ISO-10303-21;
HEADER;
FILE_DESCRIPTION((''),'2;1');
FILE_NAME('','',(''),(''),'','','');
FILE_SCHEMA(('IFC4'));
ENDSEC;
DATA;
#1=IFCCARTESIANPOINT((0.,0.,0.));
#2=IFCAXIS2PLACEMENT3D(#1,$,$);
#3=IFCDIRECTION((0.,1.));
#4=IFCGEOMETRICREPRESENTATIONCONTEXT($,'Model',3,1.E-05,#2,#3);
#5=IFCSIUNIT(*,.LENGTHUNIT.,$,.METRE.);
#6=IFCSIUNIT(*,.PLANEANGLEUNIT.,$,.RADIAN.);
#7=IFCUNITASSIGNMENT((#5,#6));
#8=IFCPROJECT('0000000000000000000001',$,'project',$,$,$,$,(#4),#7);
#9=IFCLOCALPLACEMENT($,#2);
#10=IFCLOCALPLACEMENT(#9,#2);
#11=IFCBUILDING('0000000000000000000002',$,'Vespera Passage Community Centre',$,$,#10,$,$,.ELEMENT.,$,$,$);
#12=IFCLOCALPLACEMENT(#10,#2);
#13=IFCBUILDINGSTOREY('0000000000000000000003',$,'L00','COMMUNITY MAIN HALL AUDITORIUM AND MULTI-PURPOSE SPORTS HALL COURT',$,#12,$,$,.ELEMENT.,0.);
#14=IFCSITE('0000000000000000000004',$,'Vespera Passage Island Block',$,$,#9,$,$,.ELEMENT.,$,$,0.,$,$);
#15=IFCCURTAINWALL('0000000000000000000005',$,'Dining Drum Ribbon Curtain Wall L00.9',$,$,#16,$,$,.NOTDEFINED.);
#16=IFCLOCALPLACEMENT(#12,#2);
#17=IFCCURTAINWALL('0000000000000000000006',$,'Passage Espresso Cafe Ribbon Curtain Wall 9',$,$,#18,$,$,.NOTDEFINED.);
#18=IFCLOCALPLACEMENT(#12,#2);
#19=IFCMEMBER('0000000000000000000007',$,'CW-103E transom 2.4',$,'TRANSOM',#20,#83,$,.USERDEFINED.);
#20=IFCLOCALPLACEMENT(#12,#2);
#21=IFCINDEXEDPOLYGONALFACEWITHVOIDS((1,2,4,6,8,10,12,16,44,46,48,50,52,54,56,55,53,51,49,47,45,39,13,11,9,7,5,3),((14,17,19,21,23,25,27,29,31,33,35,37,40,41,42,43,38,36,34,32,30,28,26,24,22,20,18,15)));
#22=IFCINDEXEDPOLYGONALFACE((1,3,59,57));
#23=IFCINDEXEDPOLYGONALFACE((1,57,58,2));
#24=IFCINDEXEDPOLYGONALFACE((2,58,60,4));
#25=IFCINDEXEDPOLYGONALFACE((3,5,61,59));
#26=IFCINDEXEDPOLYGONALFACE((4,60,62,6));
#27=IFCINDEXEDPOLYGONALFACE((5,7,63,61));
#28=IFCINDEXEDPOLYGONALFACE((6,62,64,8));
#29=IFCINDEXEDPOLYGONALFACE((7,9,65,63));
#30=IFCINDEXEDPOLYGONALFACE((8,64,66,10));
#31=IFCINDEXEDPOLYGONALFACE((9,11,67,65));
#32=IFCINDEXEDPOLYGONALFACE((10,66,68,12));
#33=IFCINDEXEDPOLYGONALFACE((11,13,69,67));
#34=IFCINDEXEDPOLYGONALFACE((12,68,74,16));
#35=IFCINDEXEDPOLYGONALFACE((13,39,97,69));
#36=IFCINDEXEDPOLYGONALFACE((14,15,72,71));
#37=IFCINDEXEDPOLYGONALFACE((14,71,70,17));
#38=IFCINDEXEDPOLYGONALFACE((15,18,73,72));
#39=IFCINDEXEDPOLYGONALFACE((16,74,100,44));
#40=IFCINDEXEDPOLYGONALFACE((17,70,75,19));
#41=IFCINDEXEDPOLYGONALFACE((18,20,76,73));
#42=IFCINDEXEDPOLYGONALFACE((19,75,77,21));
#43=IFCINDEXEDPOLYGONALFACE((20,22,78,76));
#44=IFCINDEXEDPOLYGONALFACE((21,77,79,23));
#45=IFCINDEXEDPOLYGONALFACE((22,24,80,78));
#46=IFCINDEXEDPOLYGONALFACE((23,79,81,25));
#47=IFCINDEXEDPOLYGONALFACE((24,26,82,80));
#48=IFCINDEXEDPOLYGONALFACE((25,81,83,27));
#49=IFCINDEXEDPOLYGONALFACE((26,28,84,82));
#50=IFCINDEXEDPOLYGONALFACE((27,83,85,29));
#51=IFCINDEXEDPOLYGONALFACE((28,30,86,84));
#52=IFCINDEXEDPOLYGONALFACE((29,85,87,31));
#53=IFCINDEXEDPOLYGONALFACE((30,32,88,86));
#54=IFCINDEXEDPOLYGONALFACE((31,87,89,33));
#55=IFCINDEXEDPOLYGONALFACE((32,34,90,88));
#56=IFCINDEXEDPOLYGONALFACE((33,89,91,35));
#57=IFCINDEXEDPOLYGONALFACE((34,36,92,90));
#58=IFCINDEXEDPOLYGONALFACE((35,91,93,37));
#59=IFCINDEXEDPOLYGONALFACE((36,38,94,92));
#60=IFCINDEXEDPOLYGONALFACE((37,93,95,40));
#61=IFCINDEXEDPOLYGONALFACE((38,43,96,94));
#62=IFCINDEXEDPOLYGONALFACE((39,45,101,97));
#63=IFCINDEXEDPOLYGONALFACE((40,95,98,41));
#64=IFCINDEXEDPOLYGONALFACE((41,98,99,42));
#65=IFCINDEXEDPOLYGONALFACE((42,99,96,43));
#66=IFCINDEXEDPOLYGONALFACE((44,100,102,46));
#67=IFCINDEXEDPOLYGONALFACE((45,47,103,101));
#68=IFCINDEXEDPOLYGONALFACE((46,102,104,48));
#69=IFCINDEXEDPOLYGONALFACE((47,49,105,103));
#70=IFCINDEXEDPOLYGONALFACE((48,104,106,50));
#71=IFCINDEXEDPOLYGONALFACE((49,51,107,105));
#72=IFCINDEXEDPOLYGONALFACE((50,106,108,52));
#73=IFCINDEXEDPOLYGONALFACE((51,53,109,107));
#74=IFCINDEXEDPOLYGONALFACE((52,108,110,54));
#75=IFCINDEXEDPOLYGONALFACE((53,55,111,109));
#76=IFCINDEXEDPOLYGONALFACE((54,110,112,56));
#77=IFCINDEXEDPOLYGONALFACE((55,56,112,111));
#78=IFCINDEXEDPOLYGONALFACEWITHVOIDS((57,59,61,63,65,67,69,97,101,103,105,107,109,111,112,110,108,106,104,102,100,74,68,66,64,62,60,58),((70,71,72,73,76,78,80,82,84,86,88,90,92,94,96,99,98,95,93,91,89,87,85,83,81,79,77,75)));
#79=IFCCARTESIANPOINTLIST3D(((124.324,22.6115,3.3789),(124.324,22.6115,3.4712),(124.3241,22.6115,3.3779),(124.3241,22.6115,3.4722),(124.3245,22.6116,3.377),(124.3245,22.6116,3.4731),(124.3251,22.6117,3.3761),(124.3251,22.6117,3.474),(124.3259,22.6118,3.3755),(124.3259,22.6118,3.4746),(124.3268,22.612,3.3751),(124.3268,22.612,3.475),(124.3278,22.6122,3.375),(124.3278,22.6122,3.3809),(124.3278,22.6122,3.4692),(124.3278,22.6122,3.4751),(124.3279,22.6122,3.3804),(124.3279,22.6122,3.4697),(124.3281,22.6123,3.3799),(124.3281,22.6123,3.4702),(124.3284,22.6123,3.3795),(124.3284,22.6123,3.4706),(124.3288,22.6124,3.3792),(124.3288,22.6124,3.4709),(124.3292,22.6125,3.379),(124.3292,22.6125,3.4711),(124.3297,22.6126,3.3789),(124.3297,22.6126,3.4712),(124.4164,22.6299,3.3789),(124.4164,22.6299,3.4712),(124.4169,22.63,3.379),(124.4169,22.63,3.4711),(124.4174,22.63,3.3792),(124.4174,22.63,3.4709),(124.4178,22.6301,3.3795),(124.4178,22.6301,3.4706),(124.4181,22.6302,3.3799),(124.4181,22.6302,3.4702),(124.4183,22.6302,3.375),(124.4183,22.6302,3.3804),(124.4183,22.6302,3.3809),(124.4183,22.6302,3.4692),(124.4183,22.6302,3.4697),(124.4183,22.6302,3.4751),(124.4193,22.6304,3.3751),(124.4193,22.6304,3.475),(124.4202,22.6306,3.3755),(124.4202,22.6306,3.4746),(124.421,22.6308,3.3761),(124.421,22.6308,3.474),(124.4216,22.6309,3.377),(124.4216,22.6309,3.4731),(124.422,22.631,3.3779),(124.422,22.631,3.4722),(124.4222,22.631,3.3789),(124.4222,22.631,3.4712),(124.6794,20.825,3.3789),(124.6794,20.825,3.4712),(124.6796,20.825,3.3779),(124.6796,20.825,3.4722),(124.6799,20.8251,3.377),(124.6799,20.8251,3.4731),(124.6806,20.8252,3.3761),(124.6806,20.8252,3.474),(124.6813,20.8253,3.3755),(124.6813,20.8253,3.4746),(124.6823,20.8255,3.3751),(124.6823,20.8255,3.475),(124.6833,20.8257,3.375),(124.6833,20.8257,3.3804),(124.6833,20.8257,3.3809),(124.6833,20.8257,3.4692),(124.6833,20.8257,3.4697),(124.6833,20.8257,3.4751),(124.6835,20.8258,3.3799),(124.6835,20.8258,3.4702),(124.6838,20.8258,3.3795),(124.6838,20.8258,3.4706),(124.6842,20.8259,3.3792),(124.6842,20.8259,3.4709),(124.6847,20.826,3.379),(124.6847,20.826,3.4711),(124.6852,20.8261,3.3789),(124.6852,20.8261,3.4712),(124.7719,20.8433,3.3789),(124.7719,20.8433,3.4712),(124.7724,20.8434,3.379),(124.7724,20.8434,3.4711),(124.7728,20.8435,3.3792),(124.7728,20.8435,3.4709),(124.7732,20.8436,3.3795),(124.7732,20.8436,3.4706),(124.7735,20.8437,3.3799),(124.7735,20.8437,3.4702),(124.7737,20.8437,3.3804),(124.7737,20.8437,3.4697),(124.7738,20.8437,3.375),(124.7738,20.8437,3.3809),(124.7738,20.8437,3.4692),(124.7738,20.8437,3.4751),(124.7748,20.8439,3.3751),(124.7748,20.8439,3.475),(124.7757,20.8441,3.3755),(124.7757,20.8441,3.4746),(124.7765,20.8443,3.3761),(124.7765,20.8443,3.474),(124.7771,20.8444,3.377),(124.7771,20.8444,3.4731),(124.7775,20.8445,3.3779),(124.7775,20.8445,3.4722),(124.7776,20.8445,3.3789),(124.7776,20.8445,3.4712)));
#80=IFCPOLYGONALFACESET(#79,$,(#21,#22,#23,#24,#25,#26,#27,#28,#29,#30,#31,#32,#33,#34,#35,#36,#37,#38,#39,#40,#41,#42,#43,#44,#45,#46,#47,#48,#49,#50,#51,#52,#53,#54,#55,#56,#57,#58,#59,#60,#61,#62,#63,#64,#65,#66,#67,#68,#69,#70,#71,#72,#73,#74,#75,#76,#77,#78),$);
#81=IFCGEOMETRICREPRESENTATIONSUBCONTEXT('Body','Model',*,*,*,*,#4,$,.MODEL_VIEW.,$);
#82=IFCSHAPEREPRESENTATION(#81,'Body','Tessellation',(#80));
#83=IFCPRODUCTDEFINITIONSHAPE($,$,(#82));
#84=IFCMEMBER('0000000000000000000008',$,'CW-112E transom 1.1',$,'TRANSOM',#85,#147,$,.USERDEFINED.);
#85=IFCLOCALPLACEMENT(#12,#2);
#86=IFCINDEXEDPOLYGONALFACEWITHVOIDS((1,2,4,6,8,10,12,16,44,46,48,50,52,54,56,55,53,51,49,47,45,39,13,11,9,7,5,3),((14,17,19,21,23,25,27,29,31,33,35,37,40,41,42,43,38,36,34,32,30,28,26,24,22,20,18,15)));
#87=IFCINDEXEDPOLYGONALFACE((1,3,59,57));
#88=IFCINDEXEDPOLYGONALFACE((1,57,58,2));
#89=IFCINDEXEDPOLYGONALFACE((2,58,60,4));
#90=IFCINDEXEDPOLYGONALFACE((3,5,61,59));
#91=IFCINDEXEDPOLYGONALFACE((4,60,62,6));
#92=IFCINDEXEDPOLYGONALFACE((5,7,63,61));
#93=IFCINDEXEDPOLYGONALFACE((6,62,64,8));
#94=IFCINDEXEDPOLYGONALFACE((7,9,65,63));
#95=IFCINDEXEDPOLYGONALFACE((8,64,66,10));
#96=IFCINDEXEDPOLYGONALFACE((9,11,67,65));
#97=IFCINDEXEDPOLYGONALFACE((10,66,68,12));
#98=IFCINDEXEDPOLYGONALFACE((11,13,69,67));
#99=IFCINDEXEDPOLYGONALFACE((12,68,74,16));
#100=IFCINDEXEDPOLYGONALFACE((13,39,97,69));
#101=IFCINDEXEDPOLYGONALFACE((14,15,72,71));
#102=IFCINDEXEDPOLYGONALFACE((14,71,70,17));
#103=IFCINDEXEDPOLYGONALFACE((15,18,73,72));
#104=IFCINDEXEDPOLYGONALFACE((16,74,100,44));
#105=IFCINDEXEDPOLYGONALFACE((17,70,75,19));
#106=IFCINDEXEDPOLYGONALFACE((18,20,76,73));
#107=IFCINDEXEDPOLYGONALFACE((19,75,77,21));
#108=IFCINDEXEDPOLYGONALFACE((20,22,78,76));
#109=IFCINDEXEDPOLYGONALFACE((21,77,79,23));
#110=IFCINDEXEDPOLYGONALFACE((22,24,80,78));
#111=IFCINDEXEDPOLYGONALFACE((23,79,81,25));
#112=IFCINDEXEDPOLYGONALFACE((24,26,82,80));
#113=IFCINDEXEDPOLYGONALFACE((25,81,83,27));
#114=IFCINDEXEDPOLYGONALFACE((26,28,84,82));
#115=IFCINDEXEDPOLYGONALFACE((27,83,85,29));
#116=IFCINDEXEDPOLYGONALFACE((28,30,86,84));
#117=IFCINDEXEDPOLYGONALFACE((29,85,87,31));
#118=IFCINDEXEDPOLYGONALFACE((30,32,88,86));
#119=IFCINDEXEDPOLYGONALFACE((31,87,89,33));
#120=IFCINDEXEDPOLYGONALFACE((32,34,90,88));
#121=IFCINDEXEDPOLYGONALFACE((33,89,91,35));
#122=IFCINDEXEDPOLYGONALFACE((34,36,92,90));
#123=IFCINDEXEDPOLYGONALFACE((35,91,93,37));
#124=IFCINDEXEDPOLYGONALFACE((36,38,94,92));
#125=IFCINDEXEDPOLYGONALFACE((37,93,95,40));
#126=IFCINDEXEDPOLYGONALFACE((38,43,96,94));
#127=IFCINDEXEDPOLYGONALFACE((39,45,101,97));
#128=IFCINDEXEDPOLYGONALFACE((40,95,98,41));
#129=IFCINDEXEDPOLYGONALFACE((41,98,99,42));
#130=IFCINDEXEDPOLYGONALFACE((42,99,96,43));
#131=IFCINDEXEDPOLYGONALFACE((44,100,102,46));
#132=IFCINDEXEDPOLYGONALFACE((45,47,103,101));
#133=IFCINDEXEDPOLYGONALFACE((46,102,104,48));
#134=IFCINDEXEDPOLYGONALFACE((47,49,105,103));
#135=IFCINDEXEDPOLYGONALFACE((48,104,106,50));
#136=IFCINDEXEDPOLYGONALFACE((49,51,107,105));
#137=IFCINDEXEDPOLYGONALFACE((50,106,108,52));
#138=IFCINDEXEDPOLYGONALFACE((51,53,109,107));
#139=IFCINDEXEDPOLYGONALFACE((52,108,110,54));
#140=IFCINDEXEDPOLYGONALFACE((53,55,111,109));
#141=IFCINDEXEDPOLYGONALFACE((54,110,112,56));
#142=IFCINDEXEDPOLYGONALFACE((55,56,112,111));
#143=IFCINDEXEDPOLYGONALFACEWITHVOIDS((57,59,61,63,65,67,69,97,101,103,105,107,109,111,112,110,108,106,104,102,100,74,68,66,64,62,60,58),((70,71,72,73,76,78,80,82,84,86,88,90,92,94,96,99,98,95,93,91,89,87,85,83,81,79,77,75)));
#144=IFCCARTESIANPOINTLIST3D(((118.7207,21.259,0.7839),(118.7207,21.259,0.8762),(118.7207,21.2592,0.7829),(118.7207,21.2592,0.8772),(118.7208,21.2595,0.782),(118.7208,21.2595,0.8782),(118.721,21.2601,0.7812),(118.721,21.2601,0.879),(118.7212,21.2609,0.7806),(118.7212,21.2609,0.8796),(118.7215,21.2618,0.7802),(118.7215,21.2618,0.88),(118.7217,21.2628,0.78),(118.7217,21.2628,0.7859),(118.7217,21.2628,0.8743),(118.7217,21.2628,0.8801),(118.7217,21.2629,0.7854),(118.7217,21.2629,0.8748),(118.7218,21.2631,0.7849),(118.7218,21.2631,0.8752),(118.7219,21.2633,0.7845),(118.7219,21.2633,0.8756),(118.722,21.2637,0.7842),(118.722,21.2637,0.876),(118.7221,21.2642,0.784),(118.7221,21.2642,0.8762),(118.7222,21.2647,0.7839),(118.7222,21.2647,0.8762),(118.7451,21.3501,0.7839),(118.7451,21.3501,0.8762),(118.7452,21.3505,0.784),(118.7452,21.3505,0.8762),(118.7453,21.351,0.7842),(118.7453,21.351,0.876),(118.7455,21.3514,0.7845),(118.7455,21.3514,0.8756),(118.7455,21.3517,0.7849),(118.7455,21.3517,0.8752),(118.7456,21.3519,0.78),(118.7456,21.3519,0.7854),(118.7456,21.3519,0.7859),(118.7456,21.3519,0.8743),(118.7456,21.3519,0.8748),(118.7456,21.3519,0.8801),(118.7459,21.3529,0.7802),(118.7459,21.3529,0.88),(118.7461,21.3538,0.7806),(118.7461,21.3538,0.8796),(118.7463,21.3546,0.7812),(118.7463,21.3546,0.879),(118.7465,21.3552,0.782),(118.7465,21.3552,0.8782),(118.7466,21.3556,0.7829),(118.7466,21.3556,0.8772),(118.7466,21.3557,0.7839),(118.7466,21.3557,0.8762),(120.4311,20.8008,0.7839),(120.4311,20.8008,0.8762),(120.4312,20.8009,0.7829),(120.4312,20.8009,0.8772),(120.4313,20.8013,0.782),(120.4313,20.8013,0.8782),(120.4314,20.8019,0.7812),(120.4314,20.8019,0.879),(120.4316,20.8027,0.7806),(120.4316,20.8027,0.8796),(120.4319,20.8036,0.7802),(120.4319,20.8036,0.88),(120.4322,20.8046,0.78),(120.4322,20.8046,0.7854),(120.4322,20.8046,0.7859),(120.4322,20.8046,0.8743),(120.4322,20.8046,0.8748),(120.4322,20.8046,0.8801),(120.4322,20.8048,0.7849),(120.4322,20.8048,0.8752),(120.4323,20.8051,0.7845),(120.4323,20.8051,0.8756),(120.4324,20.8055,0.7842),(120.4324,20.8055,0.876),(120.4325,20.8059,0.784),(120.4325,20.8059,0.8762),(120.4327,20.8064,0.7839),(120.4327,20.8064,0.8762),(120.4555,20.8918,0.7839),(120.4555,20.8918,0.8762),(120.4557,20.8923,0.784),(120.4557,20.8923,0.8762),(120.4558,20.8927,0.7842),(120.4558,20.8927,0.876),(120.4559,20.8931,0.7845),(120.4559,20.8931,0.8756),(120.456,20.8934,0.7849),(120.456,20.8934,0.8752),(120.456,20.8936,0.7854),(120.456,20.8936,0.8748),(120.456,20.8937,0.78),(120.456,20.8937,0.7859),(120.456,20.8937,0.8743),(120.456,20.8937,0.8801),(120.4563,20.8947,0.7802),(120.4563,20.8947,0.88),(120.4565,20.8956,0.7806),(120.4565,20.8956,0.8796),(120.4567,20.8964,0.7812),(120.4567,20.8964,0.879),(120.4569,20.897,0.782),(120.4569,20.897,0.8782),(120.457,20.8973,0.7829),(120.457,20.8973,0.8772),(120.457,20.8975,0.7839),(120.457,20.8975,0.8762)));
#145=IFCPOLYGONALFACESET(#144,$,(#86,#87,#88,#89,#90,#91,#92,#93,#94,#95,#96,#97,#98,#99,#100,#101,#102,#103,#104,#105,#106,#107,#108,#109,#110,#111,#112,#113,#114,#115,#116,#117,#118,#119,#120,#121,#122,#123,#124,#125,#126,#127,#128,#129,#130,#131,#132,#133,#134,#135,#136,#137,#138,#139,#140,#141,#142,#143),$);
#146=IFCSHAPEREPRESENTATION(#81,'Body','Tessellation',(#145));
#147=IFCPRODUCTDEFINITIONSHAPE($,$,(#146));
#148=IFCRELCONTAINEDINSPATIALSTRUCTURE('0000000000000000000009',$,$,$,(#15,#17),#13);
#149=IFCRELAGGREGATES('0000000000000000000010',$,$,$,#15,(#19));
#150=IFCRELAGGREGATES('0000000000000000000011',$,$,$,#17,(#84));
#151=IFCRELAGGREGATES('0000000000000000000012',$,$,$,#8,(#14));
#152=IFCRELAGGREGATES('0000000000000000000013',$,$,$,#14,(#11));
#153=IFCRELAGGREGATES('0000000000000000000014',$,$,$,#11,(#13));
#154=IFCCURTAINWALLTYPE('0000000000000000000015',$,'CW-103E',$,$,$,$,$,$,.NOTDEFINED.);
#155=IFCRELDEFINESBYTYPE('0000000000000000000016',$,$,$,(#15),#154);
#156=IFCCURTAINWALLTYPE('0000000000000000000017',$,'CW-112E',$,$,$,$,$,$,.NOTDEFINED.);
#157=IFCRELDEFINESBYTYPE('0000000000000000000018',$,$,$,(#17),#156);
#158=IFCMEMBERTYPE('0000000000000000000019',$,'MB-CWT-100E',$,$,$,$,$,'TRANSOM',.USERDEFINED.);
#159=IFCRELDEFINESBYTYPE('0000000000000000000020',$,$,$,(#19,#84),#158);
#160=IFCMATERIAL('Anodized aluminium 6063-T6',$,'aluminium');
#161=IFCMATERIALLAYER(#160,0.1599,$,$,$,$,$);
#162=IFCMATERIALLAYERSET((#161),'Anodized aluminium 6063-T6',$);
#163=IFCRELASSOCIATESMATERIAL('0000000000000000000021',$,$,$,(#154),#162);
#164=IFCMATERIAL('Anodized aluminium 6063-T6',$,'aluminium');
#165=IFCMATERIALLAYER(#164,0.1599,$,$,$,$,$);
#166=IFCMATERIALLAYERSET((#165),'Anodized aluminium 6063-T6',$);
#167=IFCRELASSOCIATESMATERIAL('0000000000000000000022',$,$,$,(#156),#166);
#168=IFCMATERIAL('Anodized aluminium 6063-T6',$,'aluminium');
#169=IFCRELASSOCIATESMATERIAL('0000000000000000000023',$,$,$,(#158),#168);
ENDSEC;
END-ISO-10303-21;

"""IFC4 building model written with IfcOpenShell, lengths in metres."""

from ifc_helpers import new_model, si_unit, direction, frame, origin, origin_2d, place, context, subcontext, project, spatial, hollow_rectangle, extrude, material, layer, layer_set, material_profile, profile_set, type_object, element, aggregate, save


model = new_model("IFC4")

# Units and contexts
model_context = context("Model", 3, precision=1e-05, world=origin(), true_north=direction((0.0, 1.0)))
body_context = subcontext(model_context, "Body", "Model", "MODEL_VIEW")
ifc_project = project(units=[si_unit("LENGTHUNIT", "METRE"), si_unit("PLANEANGLEUNIT", "RADIAN")], contexts=[model_context])

# Site, building, storey
site_placement = place(None, origin())
site = spatial("IfcSite", under=ifc_project, at=site_placement, Name="Vespera Passage Island Block", CompositionType="ELEMENT", RefElevation=0.0)
building_placement = place(site_placement, origin())
building = spatial("IfcBuilding", under=site, at=building_placement, Name="Vespera Passage Community Centre", CompositionType="ELEMENT")
storey_placement = place(building_placement, origin())
storey = spatial("IfcBuildingStorey", under=building, at=storey_placement, Name="L00", Description="COMMUNITY MAIN HALL AUDITORIUM AND MULTI-PURPOSE SPORTS HALL COURT", CompositionType="ELEMENT", Elevation=0.0)

# Curtain wall
ifc_material_1 = material(Name="Anodized aluminium 6063-T6", Category="aluminium")
ifc_layer_1 = layer(ifc_material_1, 0.1599)
ifc_layer_set_1 = layer_set([ifc_layer_1], Name="Anodized aluminium 6063-T6")
curtain_wall_type_1 = type_object("IfcCurtainWallType", Name="CW-103E", PredefinedType="NOTDEFINED", material=ifc_layer_set_1)
curtain_wall_1_placement = place(storey_placement, origin())
curtain_wall_1 = element("IfcCurtainWall", 1, at=curtain_wall_1_placement, inside=storey, type_object=curtain_wall_type_1, Name="Dining Drum Ribbon Curtain Wall L00.9", PredefinedType="NOTDEFINED")

# Curtain wall
ifc_material_2 = material(Name="Anodized aluminium 6063-T6", Category="aluminium")
ifc_layer_2 = layer(ifc_material_2, 0.1599)
ifc_layer_set_2 = layer_set([ifc_layer_2], Name="Anodized aluminium 6063-T6")
curtain_wall_type_2 = type_object("IfcCurtainWallType", Name="CW-112E", PredefinedType="NOTDEFINED", material=ifc_layer_set_2)
curtain_wall_2_placement = place(storey_placement, origin())
curtain_wall_2 = element("IfcCurtainWall", 2, at=curtain_wall_2_placement, inside=storey, type_object=curtain_wall_type_2, Name="Passage Espresso Cafe Ribbon Curtain Wall 9", PredefinedType="NOTDEFINED")

# Members
ifc_material_3 = material(Name="Anodized aluminium 6063-T6", Category="aluminium")
ifc_material_profile_1 = material_profile(ifc_material_3, hollow_rectangle(XDim=0.1001, YDim=0.1001, WallThickness=0.0039, InnerFilletRadius=0.002, OuterFilletRadius=0.0039, at=origin_2d()), Name="ALU100X100X4")
ifc_profile_set_1 = profile_set([ifc_material_profile_1], Name="Anodized aluminium 6063-T6")
member_type_1 = type_object("IfcMemberType", Name="MB-CWT-100E", ElementType="TRANSOM", PredefinedType="USERDEFINED", material=ifc_profile_set_1)
member_1_placement = place(storey_placement, frame((124.7285, 20.8347, 3.425), z_axis=(-0.195137, 0.980776, 0.0), x_axis=(-0.980776, -0.195137, 0.0)))
member_1 = element("IfcMember", 3, at=member_1_placement, type_object=member_type_1, Name="CW-103E transom 2.4", ObjectType="TRANSOM", PredefinedType="USERDEFINED", context=body_context, shape_type="SweptSolid", body=[
    extrude(hollow_rectangle(XDim=0.1001, YDim=0.1001, WallThickness=0.0039, InnerFilletRadius=0.002, OuterFilletRadius=0.0039, at=origin_2d()), origin(), (0.0, 0.0, 1.0), 1.8215),
])
member_2_placement = place(storey_placement, frame((120.4441, 20.8491, 0.8301), z_axis=(-0.965935, 0.258787, 0.0), x_axis=(-0.258787, -0.965935, 0.0)))
member_2 = element("IfcMember", 4, at=member_2_placement, type_object=member_type_1, Name="CW-112E transom 1.1", ObjectType="TRANSOM", PredefinedType="USERDEFINED", context=body_context, shape_type="SweptSolid", body=[
    extrude(hollow_rectangle(XDim=0.1001, YDim=0.1001, WallThickness=0.0039, InnerFilletRadius=0.002, OuterFilletRadius=0.0039, at=origin_2d()), origin(), (0.0, 0.0, 1.0), 1.7708),
])

aggregate(curtain_wall_1, [member_1])
aggregate(curtain_wall_2, [member_2])

save(model, "model.ifc")
